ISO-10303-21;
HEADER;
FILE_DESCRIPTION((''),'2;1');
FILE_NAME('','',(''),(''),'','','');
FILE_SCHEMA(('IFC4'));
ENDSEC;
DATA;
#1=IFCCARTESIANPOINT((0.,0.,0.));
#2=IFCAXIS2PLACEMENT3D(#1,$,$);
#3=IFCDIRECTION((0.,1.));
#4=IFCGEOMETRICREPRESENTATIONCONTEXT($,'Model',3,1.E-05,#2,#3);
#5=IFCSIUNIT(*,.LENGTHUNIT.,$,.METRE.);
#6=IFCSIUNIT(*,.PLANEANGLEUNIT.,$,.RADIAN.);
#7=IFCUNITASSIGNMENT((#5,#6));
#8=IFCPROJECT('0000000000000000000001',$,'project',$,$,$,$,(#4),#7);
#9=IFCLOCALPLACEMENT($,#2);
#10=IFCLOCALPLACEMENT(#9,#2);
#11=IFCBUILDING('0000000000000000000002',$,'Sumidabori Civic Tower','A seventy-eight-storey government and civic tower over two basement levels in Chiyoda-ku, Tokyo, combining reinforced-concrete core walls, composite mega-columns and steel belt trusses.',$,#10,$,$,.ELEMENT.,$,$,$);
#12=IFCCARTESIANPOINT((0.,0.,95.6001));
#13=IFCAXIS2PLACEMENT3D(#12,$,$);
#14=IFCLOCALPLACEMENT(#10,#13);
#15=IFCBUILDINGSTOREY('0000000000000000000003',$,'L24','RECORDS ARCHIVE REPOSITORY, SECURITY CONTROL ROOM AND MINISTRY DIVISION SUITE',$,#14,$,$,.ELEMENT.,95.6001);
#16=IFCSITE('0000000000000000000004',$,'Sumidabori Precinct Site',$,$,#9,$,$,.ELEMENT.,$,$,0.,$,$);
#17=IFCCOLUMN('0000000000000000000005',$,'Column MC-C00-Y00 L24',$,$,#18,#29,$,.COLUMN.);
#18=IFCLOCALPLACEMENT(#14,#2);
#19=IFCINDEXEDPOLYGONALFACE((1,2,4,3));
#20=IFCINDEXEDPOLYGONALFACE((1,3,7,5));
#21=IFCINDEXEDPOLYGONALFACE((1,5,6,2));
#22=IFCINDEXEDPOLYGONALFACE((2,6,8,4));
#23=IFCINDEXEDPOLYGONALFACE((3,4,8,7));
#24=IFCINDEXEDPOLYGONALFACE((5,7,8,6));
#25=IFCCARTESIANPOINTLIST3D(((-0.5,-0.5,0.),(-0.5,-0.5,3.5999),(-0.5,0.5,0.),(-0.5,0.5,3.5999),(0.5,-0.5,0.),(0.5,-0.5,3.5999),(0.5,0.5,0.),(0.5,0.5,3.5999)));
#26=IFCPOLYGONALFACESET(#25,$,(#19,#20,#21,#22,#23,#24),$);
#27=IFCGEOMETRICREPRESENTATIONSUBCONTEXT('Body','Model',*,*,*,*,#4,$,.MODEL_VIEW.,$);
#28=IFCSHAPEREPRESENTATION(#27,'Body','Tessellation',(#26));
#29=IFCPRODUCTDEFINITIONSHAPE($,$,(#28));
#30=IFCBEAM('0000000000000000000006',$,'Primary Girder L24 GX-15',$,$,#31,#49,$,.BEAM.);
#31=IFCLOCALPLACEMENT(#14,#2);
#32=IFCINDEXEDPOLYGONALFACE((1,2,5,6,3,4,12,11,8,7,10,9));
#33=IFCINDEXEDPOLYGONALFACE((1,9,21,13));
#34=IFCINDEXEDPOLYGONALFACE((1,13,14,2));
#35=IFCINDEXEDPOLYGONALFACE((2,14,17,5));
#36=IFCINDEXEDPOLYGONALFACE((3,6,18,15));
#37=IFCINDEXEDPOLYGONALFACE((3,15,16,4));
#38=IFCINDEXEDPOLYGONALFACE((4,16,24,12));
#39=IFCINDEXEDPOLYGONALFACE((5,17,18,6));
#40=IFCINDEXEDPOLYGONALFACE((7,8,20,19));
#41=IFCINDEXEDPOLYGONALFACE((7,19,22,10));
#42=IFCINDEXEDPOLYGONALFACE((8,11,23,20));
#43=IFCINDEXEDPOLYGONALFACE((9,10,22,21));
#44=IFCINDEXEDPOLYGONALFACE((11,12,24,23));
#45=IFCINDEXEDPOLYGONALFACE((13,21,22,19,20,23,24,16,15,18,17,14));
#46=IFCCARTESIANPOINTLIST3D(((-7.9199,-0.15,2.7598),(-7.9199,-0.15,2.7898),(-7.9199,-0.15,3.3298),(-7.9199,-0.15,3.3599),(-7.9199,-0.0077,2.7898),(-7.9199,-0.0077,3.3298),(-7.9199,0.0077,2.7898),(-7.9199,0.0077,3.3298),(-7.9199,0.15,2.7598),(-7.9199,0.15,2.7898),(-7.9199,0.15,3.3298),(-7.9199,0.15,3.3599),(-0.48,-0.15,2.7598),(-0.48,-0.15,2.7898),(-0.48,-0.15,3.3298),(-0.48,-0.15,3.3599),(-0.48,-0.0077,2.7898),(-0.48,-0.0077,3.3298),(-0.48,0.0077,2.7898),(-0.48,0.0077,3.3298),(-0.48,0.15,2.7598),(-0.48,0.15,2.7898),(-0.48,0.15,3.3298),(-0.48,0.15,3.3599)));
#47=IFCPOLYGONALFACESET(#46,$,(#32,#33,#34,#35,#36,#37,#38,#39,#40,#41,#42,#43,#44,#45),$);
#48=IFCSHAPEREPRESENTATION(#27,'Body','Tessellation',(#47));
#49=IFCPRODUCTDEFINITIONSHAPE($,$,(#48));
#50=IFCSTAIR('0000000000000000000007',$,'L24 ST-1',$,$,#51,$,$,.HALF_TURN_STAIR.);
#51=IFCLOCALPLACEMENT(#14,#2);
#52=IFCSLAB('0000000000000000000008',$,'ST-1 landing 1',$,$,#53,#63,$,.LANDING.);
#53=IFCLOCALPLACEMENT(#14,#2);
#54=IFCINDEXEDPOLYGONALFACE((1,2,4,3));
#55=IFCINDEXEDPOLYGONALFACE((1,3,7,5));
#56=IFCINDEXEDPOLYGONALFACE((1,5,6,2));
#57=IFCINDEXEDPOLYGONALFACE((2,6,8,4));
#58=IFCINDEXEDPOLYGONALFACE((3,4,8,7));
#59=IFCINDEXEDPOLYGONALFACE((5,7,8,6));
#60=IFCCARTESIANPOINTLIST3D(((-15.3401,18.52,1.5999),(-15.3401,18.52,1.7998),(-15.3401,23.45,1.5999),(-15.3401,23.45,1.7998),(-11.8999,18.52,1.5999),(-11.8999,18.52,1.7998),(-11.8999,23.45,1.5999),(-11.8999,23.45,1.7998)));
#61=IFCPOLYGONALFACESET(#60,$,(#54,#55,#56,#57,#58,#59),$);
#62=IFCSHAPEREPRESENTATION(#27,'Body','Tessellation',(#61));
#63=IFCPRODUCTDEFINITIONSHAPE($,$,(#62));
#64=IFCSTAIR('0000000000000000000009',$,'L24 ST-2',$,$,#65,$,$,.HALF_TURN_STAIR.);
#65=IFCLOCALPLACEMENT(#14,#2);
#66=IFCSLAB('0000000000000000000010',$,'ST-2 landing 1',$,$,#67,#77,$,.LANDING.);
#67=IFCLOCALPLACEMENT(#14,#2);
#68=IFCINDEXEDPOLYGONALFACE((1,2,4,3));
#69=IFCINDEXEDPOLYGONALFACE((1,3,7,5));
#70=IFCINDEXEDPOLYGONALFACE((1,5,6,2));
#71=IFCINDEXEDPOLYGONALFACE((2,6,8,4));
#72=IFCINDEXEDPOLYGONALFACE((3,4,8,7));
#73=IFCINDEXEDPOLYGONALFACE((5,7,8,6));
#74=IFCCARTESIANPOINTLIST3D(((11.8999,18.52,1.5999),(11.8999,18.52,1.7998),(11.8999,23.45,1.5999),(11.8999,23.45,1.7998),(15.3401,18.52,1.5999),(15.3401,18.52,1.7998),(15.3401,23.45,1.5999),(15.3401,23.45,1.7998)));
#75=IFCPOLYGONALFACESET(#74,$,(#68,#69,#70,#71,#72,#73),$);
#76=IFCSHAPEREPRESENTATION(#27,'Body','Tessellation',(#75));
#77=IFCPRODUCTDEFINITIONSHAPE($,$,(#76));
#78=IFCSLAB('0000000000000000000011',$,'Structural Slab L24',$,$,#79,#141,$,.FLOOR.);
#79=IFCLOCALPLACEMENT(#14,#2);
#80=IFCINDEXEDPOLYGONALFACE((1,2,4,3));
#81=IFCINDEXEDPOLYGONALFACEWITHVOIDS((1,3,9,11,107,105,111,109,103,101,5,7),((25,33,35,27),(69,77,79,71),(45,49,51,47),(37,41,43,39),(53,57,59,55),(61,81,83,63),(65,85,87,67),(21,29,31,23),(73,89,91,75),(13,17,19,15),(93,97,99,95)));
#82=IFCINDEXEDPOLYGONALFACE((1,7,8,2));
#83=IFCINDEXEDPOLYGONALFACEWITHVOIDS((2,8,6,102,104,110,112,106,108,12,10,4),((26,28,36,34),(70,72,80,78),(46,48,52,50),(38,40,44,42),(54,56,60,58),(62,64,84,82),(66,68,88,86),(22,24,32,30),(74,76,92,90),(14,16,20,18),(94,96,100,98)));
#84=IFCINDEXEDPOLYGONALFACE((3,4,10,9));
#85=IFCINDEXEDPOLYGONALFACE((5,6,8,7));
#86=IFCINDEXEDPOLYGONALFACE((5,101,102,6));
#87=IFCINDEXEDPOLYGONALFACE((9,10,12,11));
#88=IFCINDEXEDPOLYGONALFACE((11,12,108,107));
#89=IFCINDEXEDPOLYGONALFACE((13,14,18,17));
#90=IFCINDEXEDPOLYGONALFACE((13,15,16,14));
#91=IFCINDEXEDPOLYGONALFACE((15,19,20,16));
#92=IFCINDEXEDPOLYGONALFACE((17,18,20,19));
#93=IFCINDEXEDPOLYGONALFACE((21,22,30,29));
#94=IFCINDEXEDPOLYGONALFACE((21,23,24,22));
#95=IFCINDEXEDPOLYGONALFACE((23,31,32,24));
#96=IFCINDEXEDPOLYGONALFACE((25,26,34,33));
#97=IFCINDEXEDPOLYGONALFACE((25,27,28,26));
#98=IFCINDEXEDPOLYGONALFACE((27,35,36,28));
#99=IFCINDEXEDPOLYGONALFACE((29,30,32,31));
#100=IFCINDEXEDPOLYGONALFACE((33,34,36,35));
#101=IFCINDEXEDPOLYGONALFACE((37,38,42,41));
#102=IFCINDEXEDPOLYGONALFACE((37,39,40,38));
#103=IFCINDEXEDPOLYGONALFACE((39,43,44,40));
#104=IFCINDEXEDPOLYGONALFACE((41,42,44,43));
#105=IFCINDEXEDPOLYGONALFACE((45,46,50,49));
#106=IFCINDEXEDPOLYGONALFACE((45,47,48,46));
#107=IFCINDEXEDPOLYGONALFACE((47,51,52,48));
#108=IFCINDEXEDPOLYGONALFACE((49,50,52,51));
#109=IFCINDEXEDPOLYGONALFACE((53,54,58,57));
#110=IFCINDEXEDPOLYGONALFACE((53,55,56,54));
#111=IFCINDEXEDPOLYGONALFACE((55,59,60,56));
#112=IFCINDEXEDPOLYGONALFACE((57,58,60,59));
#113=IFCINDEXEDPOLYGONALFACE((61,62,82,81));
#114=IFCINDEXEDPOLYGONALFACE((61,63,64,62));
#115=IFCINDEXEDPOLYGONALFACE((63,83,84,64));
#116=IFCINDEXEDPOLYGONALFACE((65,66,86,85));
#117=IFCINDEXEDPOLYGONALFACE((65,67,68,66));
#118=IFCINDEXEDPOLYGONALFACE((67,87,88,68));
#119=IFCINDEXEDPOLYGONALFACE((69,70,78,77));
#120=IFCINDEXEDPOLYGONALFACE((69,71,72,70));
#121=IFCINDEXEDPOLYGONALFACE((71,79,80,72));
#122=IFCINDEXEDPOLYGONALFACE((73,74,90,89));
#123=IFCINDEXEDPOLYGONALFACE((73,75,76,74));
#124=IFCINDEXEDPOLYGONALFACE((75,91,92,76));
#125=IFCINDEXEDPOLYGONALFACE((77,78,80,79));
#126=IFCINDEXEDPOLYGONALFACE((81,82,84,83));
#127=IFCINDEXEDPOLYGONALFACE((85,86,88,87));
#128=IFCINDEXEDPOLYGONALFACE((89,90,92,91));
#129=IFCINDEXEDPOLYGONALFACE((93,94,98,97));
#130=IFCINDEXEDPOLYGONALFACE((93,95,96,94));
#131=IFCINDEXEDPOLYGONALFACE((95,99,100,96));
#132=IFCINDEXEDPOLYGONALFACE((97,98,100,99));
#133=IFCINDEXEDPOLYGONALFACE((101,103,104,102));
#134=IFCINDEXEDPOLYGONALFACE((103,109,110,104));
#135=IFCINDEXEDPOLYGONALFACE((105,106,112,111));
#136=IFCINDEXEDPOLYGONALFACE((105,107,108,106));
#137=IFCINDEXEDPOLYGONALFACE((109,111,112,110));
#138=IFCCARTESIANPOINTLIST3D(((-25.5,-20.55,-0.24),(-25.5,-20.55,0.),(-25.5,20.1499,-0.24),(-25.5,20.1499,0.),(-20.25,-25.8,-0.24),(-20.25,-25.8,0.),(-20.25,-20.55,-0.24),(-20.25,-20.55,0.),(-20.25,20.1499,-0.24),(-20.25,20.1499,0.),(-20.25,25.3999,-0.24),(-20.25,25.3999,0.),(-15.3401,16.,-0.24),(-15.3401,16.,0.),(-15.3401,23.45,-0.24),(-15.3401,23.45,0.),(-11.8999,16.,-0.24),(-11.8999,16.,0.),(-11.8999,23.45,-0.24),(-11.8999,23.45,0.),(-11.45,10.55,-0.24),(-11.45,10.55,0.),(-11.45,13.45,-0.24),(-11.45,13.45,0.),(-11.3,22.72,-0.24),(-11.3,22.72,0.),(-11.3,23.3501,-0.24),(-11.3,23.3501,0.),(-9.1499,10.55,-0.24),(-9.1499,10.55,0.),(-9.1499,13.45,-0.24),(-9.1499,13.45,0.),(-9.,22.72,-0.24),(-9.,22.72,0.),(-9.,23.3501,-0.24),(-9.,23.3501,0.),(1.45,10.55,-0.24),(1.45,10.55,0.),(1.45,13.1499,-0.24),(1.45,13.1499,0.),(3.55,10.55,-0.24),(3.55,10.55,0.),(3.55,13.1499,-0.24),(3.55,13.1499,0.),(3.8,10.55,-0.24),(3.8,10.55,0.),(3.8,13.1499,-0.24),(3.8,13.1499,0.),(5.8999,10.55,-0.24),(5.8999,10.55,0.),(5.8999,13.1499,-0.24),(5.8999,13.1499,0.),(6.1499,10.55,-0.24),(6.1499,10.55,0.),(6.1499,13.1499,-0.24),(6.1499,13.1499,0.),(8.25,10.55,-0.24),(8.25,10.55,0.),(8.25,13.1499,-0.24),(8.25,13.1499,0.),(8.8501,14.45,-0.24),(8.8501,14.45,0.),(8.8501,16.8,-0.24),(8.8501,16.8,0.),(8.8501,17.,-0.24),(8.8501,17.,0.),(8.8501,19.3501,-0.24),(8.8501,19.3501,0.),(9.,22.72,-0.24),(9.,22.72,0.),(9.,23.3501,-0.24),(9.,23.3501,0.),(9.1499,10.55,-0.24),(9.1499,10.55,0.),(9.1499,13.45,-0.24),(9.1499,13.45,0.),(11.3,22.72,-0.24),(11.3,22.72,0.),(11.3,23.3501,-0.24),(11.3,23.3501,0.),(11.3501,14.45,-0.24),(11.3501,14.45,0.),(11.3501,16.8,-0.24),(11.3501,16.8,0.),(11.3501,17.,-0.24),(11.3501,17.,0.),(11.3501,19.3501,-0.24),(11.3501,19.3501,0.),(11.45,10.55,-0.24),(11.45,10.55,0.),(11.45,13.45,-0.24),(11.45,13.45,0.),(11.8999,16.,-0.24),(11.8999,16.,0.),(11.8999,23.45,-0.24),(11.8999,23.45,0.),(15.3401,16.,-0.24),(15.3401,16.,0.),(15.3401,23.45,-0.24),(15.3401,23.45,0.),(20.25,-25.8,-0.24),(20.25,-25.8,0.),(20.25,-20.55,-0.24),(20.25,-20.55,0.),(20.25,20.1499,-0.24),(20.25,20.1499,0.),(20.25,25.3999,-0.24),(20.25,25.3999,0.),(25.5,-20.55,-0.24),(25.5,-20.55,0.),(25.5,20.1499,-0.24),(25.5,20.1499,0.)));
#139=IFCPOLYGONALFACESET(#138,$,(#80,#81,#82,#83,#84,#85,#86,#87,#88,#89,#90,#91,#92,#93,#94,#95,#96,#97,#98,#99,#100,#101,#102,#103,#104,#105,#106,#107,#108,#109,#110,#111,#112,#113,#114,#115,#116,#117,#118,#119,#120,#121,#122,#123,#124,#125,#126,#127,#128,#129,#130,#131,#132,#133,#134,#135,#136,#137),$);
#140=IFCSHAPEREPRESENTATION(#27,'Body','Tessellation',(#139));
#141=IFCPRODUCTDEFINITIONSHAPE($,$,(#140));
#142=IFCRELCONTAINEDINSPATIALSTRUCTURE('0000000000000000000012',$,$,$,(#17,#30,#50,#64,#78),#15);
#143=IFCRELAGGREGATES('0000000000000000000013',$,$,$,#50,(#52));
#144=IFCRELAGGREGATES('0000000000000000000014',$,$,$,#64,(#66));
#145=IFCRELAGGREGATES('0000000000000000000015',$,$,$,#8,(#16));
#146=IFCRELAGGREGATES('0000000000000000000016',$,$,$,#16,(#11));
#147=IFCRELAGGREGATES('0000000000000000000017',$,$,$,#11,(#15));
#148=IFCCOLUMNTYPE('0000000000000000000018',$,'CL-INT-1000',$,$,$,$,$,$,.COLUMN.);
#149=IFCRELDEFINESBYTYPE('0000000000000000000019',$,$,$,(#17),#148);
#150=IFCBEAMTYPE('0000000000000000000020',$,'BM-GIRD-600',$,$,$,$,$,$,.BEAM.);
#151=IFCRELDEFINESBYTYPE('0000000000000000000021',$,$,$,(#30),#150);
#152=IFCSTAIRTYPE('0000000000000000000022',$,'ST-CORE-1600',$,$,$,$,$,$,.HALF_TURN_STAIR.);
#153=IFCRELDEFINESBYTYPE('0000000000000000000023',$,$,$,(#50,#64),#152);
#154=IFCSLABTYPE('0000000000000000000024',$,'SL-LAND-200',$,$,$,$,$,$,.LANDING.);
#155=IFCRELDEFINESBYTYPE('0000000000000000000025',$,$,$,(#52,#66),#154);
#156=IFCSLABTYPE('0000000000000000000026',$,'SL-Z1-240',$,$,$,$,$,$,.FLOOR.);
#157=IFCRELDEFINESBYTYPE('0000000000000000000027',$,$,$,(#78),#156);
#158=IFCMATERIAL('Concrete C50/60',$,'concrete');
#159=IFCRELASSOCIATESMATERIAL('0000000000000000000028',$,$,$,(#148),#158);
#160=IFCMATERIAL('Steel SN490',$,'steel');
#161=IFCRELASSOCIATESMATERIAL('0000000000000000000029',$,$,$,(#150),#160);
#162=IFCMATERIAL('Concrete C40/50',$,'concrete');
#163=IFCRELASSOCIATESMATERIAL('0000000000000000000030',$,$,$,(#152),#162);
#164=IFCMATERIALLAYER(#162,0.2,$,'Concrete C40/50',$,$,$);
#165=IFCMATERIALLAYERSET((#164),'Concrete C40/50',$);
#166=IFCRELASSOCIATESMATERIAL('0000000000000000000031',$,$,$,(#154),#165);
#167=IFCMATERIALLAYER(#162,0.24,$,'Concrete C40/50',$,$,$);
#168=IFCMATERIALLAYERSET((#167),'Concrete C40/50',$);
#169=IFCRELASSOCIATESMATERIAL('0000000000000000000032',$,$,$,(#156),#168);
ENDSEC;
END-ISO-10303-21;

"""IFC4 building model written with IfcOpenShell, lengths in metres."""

from ifc_helpers import new_model, si_unit, direction, frame, origin, origin_with_axes, origin_2d, place, context, subcontext, project, spatial, polyline, rectangle, i_section, outline, extrude, source, transform, mapped, material, layer, layer_set, material_profile, profile_set, type_object, element, aggregate, save


model = new_model("IFC4")

# Units and contexts
model_context = context("Model", 3, precision=1e-05, world=origin(), true_north=direction((0.0, 1.0)))
body_context = subcontext(model_context, "Body", "Model", "MODEL_VIEW")
ifc_project = project(units=[si_unit("LENGTHUNIT", "METRE"), si_unit("PLANEANGLEUNIT", "RADIAN")], contexts=[model_context])

# Site, building, storey
site_placement = place(None, origin())
site = spatial("IfcSite", under=ifc_project, at=site_placement, Name="Sumidabori Precinct Site", CompositionType="ELEMENT", RefElevation=0.0)
building_placement = place(site_placement, origin())
building = spatial("IfcBuilding", under=site, at=building_placement, Name="Sumidabori Civic Tower", Description="A seventy-eight-storey government and civic tower over two basement levels in Chiyoda-ku, Tokyo, combining reinforced-concrete core walls, composite mega-columns and steel belt trusses.", CompositionType="ELEMENT")
storey_placement = place(building_placement, frame((0.0, 0.0, 95.6001)))
storey = spatial("IfcBuildingStorey", under=building, at=storey_placement, Name="L24", Description="RECORDS ARCHIVE REPOSITORY, SECURITY CONTROL ROOM AND MINISTRY DIVISION SUITE", CompositionType="ELEMENT", Elevation=95.6001)

# Column
ifc_material_1 = material(Name="Concrete C50/60", Category="concrete")
ifc_material_profile_1 = material_profile(ifc_material_1, rectangle(XDim=1.0, YDim=1.0, at=origin_2d()), Name="RC 1000x1000")
ifc_profile_set_1 = profile_set([ifc_material_profile_1], Name="Concrete C50/60")
column_type = type_object("IfcColumnType", Name="CL-INT-1000", PredefinedType="COLUMN", material=ifc_profile_set_1)
shared_shape_1 = source(origin(), body_context, "Body", "SweptSolid", [
    extrude(rectangle(XDim=1.0, YDim=1.0, at=origin_2d()), origin(), (0.0, 0.0, 1.0), 3.5999),
])
column_placement = place(storey_placement, origin_with_axes())
element("IfcColumn", 1, at=column_placement, inside=storey, type_object=column_type, Name="Column MC-C00-Y00 L24", PredefinedType="COLUMN", context=body_context, shape_type="MappedRepresentation", body=[
    mapped(shared_shape_1, transform((0.0, 0.0, 0.0), x_axis=(1.0, 0.0, 0.0), y_axis=(0.0, 1.0, 0.0), z_axis=(0.0, 0.0, 1.0), scale=1.0)),
])

# Beam
ifc_material_2 = material(Name="Steel SN490", Category="steel")
ifc_material_profile_2 = material_profile(ifc_material_2, i_section(OverallWidth=0.3, OverallDepth=0.6001, WebThickness=0.0154, FlangeThickness=0.03, at=origin_2d()), Name="HE 600 B")
ifc_profile_set_2 = profile_set([ifc_material_profile_2], Name="Steel SN490")
beam_type = type_object("IfcBeamType", Name="BM-GIRD-600", PredefinedType="BEAM", material=ifc_profile_set_2)
shared_shape_2 = source(origin(), body_context, "Body", "SweptSolid", [
    extrude(i_section(OverallWidth=0.3, OverallDepth=0.6001, WebThickness=0.0154, FlangeThickness=0.03, at=origin_2d()), origin(), (0.0, 0.0, 1.0), 7.4399),
])
beam_placement = place(storey_placement, frame((-7.9199, 0.0, 3.0598), z_axis=(1.0, 0.0, 0.0), x_axis=(0.0, 1.0, 0.0)))
element("IfcBeam", 2, at=beam_placement, inside=storey, type_object=beam_type, Name="Primary Girder L24 GX-15", PredefinedType="BEAM", context=body_context, shape_type="MappedRepresentation", body=[
    mapped(shared_shape_2, transform((0.0, 0.0, 0.0), x_axis=(1.0, 0.0, 0.0), y_axis=(0.0, 1.0, 0.0), z_axis=(0.0, 0.0, 1.0), scale=1.0)),
])

# Stairs, slabs
ifc_material_3 = material(Name="Concrete C40/50", Category="concrete")
stair_type = type_object("IfcStairType", Name="ST-CORE-1600", PredefinedType="HALF_TURN_STAIR", material=ifc_material_3)
stair_1_placement = place(storey_placement, origin())
stair_1 = element("IfcStair", 3, at=stair_1_placement, inside=storey, type_object=stair_type, Name="L24 ST-1", PredefinedType="HALF_TURN_STAIR")
ifc_layer_1 = layer(ifc_material_3, 0.2, Name="Concrete C40/50")
ifc_layer_set_1 = layer_set([ifc_layer_1], Name="Concrete C40/50")
slab_type_1 = type_object("IfcSlabType", Name="SL-LAND-200", PredefinedType="LANDING", material=ifc_layer_set_1)
slab_1_placement = place(storey_placement, frame((0.0, 0.0, 1.5999)))
slab_1 = element("IfcSlab", 4, at=slab_1_placement, type_object=slab_type_1, Name="ST-1 landing 1", PredefinedType="LANDING", context=body_context, shape_type="SweptSolid", body=[
    extrude(outline(polyline([(-11.8999, 18.52), (-11.8999, 23.45), (-15.3401, 23.45), (-15.3401, 18.52), (-11.8999, 18.52)])), origin(), (0.0, 0.0, 1.0), 0.2),
])
aggregate(stair_1, [slab_1])
stair_2_placement = place(storey_placement, origin())
stair_2 = element("IfcStair", 5, at=stair_2_placement, inside=storey, type_object=stair_type, Name="L24 ST-2", PredefinedType="HALF_TURN_STAIR")
slab_2_placement = place(storey_placement, frame((0.0, 0.0, 1.5999)))
slab_2 = element("IfcSlab", 6, at=slab_2_placement, type_object=slab_type_1, Name="ST-2 landing 1", PredefinedType="LANDING", context=body_context, shape_type="SweptSolid", body=[
    extrude(outline(polyline([(15.3401, 18.52), (15.3401, 23.45), (11.8999, 23.45), (11.8999, 18.52), (15.3401, 18.52)])), origin(), (0.0, 0.0, 1.0), 0.2),
])
aggregate(stair_2, [slab_2])

# Slab
ifc_layer_2 = layer(ifc_material_3, 0.24, Name="Concrete C40/50")
ifc_layer_set_2 = layer_set([ifc_layer_2], Name="Concrete C40/50")
slab_type_2 = type_object("IfcSlabType", Name="SL-Z1-240", PredefinedType="FLOOR", material=ifc_layer_set_2)
slab_3_placement = place(storey_placement, frame((0.0, 0.0, -0.24)))
element("IfcSlab", 7, at=slab_3_placement, inside=storey, type_object=slab_type_2, Name="Structural Slab L24", PredefinedType="FLOOR", context=body_context, shape_type="SweptSolid", body=[
    extrude(outline(polyline([(-20.25, -25.8), (20.25, -25.8), (20.25, -20.55), (25.5, -20.55), (25.5, 20.1499), (20.25, 20.1499), (20.25, 25.3999), (-20.25, 25.3999), (-20.25, 20.1499), (-25.5, 20.1499), (-25.5, -20.55), (-20.25, -20.55), (-20.25, -25.8)]), holes=[polyline([(-11.8999, 16.0), (-11.8999, 23.45), (-15.3401, 23.45), (-15.3401, 16.0), (-11.8999, 16.0)]), polyline([(15.3401, 16.0), (15.3401, 23.45), (11.8999, 23.45), (11.8999, 16.0), (15.3401, 16.0)]), polyline([(-11.45, 10.55), (-9.1499, 10.55), (-9.1499, 13.45), (-11.45, 13.45), (-11.45, 10.55)]), polyline([(9.1499, 10.55), (11.45, 10.55), (11.45, 13.45), (9.1499, 13.45), (9.1499, 10.55)]), polyline([(1.45, 10.55), (3.55, 10.55), (3.55, 13.1499), (1.45, 13.1499), (1.45, 10.55)]), polyline([(3.8, 10.55), (5.8999, 10.55), (5.8999, 13.1499), (3.8, 13.1499), (3.8, 10.55)]), polyline([(6.1499, 10.55), (8.25, 10.55), (8.25, 13.1499), (6.1499, 13.1499), (6.1499, 10.55)]), polyline([(8.8501, 14.45), (11.3501, 14.45), (11.3501, 16.8), (8.8501, 16.8), (8.8501, 14.45)]), polyline([(8.8501, 17.0), (11.3501, 17.0), (11.3501, 19.3501), (8.8501, 19.3501), (8.8501, 17.0)]), polyline([(-11.3, 22.72), (-9.0, 22.72), (-9.0, 23.3501), (-11.3, 23.3501), (-11.3, 22.72)]), polyline([(9.0, 22.72), (11.3, 22.72), (11.3, 23.3501), (9.0, 23.3501), (9.0, 22.72)])]), origin(), (0.0, 0.0, 1.0), 0.24),
])

save(model, "model.ifc")
